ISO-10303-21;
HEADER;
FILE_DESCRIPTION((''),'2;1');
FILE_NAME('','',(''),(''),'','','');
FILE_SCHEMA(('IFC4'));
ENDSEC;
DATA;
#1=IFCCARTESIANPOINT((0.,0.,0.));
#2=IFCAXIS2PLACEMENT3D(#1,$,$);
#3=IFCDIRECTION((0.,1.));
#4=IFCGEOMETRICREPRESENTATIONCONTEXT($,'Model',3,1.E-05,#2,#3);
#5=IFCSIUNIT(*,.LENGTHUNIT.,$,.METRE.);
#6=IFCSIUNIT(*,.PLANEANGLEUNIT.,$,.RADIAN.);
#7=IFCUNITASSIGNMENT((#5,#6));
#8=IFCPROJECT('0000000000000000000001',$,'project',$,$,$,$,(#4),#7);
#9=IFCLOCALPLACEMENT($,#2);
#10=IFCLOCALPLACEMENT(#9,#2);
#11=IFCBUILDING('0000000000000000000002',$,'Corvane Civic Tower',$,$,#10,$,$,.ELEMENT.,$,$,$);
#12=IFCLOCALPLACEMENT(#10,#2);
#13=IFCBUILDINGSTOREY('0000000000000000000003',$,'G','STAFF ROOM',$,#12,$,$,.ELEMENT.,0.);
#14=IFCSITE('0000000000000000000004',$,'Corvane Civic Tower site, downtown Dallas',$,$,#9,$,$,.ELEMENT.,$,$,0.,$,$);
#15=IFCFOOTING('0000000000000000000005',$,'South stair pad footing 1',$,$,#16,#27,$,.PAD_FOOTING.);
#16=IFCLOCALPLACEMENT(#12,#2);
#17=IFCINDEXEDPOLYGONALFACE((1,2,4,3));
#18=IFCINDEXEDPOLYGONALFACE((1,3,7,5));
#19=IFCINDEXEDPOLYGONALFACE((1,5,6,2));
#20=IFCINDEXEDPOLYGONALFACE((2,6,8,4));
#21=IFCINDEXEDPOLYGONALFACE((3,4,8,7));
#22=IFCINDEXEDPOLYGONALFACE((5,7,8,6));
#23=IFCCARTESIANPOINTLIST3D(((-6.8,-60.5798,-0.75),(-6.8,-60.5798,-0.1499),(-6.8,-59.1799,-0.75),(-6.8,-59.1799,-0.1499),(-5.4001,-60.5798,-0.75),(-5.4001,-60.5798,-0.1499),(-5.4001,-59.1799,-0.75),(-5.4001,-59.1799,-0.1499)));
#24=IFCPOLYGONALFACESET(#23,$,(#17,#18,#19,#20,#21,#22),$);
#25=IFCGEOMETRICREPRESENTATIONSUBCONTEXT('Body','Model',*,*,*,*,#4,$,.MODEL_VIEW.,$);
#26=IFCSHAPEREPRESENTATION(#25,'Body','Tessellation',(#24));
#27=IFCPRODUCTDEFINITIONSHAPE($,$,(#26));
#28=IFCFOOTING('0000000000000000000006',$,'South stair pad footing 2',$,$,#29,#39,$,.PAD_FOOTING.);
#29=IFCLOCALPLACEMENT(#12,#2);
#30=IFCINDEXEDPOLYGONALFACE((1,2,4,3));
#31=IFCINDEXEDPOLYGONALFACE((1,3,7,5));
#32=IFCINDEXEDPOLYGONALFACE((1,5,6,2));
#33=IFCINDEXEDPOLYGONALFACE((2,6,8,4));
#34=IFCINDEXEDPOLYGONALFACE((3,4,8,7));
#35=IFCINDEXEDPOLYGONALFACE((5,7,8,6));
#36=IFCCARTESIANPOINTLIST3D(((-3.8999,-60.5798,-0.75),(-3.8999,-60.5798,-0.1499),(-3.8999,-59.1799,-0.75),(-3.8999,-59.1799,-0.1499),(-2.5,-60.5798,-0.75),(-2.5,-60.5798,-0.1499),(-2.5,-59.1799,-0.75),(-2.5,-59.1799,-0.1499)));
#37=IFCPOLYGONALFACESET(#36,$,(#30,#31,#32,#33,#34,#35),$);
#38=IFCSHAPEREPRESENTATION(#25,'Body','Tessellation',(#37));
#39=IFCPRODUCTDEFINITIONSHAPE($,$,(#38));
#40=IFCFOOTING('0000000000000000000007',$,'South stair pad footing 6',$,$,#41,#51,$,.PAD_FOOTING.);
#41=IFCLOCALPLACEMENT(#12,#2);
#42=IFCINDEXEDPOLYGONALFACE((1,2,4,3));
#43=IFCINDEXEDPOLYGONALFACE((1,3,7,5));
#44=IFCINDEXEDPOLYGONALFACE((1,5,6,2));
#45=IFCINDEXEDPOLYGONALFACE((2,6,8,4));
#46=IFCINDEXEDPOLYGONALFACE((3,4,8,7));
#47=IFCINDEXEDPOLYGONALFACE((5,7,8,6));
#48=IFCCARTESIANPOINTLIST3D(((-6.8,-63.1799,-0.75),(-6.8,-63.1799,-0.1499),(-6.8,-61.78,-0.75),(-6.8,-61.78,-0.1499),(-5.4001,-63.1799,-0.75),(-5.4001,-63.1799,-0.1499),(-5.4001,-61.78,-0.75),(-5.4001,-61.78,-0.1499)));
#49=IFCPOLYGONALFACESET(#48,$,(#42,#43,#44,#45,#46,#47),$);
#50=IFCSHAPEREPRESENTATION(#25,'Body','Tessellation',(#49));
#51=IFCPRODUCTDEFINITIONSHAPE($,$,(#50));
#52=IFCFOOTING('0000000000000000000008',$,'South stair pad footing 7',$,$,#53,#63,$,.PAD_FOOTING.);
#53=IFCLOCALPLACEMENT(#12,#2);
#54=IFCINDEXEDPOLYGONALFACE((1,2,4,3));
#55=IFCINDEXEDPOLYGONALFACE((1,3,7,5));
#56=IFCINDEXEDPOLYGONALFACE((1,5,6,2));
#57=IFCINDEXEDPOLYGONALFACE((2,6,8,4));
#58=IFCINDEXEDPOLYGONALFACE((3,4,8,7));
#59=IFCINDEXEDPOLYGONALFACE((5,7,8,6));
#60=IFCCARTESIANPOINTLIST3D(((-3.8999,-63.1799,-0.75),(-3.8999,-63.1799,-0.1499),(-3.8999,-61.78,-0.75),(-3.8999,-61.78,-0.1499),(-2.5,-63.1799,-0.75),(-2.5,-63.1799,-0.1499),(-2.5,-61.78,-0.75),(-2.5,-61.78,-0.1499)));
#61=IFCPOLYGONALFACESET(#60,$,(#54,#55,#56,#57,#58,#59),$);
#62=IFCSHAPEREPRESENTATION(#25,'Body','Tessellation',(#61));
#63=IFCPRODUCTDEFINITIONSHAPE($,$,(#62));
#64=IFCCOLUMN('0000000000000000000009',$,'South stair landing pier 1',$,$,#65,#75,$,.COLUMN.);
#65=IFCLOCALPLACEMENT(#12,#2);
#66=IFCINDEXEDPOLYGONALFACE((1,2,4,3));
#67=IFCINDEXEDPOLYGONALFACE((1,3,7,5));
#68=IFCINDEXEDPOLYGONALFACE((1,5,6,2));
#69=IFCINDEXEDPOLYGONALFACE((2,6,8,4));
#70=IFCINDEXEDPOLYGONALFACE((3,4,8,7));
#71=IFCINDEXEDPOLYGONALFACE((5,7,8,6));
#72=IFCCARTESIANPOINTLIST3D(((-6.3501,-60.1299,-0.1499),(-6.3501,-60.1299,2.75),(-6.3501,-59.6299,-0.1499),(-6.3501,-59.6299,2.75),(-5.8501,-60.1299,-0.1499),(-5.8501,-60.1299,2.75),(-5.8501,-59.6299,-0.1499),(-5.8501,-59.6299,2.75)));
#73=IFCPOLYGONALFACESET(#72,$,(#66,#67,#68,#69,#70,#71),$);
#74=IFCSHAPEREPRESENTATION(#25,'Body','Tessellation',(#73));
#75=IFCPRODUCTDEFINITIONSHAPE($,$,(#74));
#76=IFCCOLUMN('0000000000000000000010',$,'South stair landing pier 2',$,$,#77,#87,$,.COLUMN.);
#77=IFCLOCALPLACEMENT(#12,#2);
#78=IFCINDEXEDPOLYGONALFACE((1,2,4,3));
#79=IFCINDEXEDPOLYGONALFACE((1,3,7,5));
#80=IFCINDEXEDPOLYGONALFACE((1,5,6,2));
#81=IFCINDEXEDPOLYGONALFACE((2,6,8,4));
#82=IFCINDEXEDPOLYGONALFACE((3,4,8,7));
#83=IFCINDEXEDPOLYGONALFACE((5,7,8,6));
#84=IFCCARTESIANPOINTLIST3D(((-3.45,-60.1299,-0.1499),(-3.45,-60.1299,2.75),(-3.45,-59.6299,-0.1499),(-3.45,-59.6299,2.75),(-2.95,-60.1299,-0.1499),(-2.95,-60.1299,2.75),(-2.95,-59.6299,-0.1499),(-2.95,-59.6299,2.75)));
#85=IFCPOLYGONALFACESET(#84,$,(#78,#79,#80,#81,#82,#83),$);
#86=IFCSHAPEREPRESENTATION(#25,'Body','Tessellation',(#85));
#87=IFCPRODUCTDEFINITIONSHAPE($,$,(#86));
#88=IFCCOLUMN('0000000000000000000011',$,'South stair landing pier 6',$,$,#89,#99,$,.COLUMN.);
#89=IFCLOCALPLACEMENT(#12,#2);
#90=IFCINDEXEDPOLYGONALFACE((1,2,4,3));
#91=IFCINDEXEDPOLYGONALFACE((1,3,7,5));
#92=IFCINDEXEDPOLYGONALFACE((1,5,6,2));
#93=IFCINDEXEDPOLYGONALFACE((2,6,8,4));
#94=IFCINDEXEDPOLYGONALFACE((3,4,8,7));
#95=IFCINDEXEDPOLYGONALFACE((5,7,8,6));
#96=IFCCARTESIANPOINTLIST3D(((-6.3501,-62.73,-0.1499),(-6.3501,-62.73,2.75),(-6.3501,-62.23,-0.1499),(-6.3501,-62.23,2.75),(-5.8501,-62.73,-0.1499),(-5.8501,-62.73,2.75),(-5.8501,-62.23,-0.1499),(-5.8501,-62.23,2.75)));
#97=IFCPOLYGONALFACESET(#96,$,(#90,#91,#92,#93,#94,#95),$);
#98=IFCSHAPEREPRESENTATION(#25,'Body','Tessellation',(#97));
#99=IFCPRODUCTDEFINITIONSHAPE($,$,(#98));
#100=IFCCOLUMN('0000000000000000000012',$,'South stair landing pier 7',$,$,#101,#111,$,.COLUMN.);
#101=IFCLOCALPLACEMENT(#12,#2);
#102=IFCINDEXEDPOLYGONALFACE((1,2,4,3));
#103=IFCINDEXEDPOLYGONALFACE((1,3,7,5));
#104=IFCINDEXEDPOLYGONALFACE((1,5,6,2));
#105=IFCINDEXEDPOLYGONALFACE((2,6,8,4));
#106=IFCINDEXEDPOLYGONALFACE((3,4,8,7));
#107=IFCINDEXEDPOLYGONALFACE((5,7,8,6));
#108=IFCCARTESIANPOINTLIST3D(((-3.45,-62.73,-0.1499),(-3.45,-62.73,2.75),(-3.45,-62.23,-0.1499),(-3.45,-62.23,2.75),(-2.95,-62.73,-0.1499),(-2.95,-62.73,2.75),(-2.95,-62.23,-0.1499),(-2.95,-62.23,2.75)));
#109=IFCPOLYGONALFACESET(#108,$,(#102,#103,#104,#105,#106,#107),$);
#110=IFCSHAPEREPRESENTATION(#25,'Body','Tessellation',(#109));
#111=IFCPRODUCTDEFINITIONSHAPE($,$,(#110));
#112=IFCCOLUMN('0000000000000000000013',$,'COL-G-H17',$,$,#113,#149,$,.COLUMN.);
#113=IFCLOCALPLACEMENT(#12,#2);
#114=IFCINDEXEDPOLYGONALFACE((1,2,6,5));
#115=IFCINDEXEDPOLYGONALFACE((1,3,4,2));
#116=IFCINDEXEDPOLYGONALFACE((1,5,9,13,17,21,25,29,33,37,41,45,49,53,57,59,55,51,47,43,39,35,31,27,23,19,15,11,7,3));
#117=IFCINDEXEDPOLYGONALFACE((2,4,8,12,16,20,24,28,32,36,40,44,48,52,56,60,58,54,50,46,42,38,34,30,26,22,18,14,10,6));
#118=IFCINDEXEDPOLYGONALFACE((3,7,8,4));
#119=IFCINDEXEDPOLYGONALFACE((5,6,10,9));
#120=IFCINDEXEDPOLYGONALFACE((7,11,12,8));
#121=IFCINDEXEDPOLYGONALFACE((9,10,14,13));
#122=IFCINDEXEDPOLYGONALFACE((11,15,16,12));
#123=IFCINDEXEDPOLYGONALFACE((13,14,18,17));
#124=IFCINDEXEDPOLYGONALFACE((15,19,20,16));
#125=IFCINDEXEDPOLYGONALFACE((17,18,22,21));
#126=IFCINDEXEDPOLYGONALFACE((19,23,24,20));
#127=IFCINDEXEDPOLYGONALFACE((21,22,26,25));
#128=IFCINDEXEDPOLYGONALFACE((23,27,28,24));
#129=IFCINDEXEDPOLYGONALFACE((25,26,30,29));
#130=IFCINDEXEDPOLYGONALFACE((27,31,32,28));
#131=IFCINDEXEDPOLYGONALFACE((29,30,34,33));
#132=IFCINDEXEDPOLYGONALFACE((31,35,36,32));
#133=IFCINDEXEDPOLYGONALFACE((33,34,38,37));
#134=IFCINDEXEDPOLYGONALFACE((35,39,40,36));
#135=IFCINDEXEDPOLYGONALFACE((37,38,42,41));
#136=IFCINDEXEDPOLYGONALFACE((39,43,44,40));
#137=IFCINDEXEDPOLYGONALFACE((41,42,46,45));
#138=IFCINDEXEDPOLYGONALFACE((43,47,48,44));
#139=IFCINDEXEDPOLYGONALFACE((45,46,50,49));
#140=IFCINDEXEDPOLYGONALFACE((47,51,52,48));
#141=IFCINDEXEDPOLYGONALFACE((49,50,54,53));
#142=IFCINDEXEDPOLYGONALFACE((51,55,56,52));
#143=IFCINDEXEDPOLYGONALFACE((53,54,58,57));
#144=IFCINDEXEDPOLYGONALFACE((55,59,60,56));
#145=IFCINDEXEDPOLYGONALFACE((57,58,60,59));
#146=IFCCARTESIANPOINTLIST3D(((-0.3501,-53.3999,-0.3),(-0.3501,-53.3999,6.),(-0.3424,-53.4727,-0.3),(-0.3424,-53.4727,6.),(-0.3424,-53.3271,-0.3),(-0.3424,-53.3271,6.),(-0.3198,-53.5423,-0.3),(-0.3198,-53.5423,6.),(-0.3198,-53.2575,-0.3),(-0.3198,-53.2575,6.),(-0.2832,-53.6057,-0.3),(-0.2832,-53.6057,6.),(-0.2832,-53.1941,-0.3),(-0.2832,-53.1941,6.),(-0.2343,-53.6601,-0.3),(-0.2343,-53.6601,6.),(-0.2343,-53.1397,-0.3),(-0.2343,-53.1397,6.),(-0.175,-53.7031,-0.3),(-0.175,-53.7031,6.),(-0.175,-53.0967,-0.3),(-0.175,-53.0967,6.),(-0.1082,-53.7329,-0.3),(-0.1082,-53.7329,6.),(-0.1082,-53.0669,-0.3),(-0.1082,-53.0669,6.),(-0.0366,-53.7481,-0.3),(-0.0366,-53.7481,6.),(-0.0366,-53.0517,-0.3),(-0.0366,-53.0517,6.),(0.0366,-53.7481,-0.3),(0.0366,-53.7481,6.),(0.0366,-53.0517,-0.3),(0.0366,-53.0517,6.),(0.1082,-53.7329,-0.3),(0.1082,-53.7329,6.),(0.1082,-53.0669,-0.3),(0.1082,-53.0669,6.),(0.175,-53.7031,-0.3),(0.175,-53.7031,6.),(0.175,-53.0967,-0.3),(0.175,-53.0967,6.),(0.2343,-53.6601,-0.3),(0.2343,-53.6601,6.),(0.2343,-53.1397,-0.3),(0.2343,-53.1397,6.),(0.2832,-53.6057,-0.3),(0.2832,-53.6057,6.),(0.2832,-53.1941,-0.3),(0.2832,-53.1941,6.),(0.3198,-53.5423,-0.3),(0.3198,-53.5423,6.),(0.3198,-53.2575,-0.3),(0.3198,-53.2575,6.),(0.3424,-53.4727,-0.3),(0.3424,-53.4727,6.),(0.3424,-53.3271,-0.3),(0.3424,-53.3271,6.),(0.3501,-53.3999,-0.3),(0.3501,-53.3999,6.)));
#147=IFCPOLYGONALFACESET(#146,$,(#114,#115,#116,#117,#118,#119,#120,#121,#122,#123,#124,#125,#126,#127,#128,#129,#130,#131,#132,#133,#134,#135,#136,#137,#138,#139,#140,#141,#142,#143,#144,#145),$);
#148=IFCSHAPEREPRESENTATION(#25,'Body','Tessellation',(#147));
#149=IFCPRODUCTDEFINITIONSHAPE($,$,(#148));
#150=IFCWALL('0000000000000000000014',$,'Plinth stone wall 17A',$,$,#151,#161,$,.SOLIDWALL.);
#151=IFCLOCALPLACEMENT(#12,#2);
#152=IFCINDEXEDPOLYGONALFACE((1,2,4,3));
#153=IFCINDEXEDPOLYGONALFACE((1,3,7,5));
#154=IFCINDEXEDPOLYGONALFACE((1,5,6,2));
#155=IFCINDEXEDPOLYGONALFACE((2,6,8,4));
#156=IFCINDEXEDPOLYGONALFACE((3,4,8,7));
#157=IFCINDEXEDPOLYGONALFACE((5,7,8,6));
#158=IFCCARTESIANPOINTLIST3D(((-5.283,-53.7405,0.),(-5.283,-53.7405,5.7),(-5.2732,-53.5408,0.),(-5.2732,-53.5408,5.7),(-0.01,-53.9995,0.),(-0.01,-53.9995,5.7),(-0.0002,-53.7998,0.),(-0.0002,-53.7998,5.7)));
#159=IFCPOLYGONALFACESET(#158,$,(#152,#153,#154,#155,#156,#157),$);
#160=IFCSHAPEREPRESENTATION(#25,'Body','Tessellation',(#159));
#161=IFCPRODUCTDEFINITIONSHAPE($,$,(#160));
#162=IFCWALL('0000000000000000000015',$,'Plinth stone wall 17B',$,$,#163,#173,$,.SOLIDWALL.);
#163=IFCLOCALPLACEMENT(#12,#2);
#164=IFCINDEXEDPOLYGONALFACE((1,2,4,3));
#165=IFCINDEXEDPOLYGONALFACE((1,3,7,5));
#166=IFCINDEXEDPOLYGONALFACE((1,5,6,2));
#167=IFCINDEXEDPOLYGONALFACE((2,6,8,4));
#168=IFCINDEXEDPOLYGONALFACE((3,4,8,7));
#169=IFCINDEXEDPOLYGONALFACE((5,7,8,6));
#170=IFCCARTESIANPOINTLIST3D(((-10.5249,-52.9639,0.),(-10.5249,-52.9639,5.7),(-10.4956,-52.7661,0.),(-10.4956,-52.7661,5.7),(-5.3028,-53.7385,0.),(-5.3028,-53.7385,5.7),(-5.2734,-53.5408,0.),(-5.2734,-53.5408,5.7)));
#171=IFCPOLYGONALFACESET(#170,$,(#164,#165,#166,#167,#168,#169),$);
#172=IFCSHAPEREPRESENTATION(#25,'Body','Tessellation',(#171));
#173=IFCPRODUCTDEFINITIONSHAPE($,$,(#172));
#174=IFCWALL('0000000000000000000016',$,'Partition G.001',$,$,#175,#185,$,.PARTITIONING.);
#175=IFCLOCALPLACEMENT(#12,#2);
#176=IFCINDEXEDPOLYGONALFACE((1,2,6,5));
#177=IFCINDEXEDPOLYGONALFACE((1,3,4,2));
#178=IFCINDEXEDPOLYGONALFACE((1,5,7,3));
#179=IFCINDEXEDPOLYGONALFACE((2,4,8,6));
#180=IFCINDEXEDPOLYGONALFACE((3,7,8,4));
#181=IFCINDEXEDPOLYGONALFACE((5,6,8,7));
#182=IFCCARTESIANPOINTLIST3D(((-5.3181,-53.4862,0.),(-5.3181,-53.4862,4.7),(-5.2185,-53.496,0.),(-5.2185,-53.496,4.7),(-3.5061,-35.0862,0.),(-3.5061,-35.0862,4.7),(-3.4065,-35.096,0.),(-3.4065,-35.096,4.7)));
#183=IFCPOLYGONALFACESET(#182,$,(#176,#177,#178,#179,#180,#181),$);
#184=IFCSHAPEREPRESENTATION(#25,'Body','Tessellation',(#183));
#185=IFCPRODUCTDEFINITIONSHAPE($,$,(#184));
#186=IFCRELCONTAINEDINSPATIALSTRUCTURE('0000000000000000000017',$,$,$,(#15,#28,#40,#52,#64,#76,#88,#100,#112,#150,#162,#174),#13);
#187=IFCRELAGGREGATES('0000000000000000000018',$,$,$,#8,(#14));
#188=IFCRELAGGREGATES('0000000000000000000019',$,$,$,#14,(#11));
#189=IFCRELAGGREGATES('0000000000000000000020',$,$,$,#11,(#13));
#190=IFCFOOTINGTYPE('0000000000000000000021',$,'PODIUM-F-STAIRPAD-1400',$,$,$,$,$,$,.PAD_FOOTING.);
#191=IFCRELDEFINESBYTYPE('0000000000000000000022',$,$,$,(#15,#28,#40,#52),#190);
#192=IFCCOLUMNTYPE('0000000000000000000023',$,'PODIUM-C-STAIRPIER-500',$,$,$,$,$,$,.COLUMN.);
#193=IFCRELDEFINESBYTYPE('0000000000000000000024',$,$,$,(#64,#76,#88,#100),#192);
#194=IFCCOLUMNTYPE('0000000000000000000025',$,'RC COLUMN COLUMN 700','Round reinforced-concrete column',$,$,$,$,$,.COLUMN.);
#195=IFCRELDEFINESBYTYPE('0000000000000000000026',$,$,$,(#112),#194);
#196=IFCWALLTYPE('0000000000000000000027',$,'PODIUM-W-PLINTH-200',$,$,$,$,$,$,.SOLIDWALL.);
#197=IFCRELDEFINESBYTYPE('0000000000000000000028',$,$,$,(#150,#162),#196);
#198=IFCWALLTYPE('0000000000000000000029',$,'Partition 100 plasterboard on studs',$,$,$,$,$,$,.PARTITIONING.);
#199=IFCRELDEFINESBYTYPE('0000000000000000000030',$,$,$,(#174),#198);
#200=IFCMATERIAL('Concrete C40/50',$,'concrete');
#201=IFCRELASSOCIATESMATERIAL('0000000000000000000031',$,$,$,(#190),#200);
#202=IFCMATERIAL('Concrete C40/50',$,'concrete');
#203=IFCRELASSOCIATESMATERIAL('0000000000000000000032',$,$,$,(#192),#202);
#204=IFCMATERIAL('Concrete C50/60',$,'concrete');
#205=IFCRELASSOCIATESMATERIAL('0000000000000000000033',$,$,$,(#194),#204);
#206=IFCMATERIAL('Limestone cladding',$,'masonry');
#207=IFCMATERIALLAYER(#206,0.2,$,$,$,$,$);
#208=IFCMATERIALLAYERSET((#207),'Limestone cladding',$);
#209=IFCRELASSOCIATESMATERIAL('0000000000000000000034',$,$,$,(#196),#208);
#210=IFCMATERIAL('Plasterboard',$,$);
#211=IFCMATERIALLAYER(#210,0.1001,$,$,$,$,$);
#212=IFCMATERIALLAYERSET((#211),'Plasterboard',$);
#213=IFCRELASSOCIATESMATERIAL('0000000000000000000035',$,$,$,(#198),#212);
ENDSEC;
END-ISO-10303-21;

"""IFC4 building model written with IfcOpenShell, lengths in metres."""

from ifc_helpers import new_model, si_unit, direction, frame, frame_2d, origin, origin_2d, place, context, subcontext, project, spatial, rectangle, circle, extrude, material, layer, layer_set, material_profile, profile_set, type_object, element, save


model = new_model("IFC4")

# Units and contexts
model_context = context("Model", 3, precision=1e-05, world=origin(), true_north=direction((0.0, 1.0)))
body_context = subcontext(model_context, "Body", "Model", "MODEL_VIEW")
ifc_project = project(units=[si_unit("LENGTHUNIT", "METRE"), si_unit("PLANEANGLEUNIT", "RADIAN")], contexts=[model_context])

# Site, building, storey
site_placement = place(None, origin())
site = spatial("IfcSite", under=ifc_project, at=site_placement, Name="Corvane Civic Tower site, downtown Dallas", CompositionType="ELEMENT", RefElevation=0.0)
building_placement = place(site_placement, origin())
building = spatial("IfcBuilding", under=site, at=building_placement, Name="Corvane Civic Tower", CompositionType="ELEMENT")
storey_placement = place(building_placement, origin())
storey = spatial("IfcBuildingStorey", under=building, at=storey_placement, Name="G", Description="STAFF ROOM", CompositionType="ELEMENT", Elevation=0.0)

# Footings
ifc_material_1 = material(Name="Concrete C40/50", Category="concrete")
footing_type = type_object("IfcFootingType", Name="PODIUM-F-STAIRPAD-1400", PredefinedType="PAD_FOOTING", material=ifc_material_1)
for number, where, z_axis, x_axis, name in (
    (1, (-6.1001, -59.8799, -0.75), (0.0, 0.0, 1.0), (0.0, -1.0, 0.0), "South stair pad footing 1"),
    (2, (-3.2, -59.8799, -0.75), (0.0, 0.0, 1.0), (0.0, -1.0, 0.0), "South stair pad footing 2"),
    (3, (-6.1001, -62.48, -0.75), (0.0, 0.0, 1.0), (0.0, -1.0, 0.0), "South stair pad footing 6"),
    (4, (-3.2, -62.48, -0.75), (0.0, 0.0, 1.0), (0.0, -1.0, 0.0), "South stair pad footing 7"),
):
    element("IfcFooting", number, at=place(storey_placement, frame(where, z_axis=z_axis, x_axis=x_axis)), inside=storey, type_object=footing_type, Name=name, PredefinedType="PAD_FOOTING", context=body_context, shape_type="SweptSolid", body=[
        extrude(rectangle(XDim=1.3999, YDim=1.3999, at=origin_2d()), origin(), (0.0, 0.0, 1.0), 0.6001),
    ])

# Columns
ifc_material_2 = material(Name="Concrete C40/50", Category="concrete")
ifc_material_profile_1 = material_profile(ifc_material_2, rectangle(XDim=0.5, YDim=0.5, at=origin_2d()), Name="RC 500x500")
ifc_profile_set_1 = profile_set([ifc_material_profile_1], Name="Concrete C40/50")
column_type_1 = type_object("IfcColumnType", Name="PODIUM-C-STAIRPIER-500", PredefinedType="COLUMN", material=ifc_profile_set_1)
for number, where, z_axis, x_axis, name in (
    (5, (-6.1001, -59.8799, -0.1499), (0.0, 0.0, 1.0), (0.0, -1.0, 0.0), "South stair landing pier 1"),
    (6, (-3.2, -59.8799, -0.1499), (0.0, 0.0, 1.0), (0.0, -1.0, 0.0), "South stair landing pier 2"),
    (7, (-6.1001, -62.48, -0.1499), (0.0, 0.0, 1.0), (0.0, -1.0, 0.0), "South stair landing pier 6"),
    (8, (-3.2, -62.48, -0.1499), (0.0, 0.0, 1.0), (0.0, -1.0, 0.0), "South stair landing pier 7"),
):
    element("IfcColumn", number, at=place(storey_placement, frame(where, z_axis=z_axis, x_axis=x_axis)), inside=storey, type_object=column_type_1, Name=name, PredefinedType="COLUMN", context=body_context, shape_type="SweptSolid", body=[
        extrude(rectangle(XDim=0.5, YDim=0.5, at=origin_2d()), origin(), (0.0, 0.0, 1.0), 2.8999),
    ])
ifc_material_3 = material(Name="Concrete C50/60", Category="concrete")
ifc_material_profile_2 = material_profile(ifc_material_3, circle(Radius=0.3501, at=origin_2d()), Name="COLUMN 700")
ifc_profile_set_2 = profile_set([ifc_material_profile_2], Name="Concrete C50/60")
column_type_2 = type_object("IfcColumnType", Name="RC COLUMN COLUMN 700", Description="Round reinforced-concrete column", PredefinedType="COLUMN", material=ifc_profile_set_2)
column_placement = place(storey_placement, frame((0.0, -53.3999, -0.3), z_axis=(0.0, 0.0, 1.0), x_axis=(1.0, 0.0, 0.0)))
element("IfcColumn", 9, at=column_placement, inside=storey, type_object=column_type_2, Name="COL-G-H17", PredefinedType="COLUMN", context=body_context, shape_type="SweptSolid", body=[
    extrude(circle(Radius=0.3501, at=origin_2d()), origin(), (0.0, 0.0, 1.0), 6.3),
])

# Walls
ifc_material_4 = material(Name="Limestone cladding", Category="masonry")
ifc_layer_1 = layer(ifc_material_4, 0.2)
ifc_layer_set_1 = layer_set([ifc_layer_1], Name="Limestone cladding")
wall_type_1 = type_object("IfcWallType", Name="PODIUM-W-PLINTH-200", PredefinedType="SOLIDWALL", material=ifc_layer_set_1)
for number, where, z_axis, x_axis, name in (
    (10, (-0.0051, -53.8997, 0.0), (0.0, 0.0, 1.0), (-0.998796, 0.049066, 0.0), "Plinth stone wall 17A"),
    (11, (-5.2881, -53.6396, 0.0), (0.0, 0.0, 1.0), (-0.989176, 0.146735, 0.0), "Plinth stone wall 17B"),
):
    element("IfcWall", number, at=place(storey_placement, frame(where, z_axis=z_axis, x_axis=x_axis)), inside=storey, type_object=wall_type_1, Name=name, PredefinedType="SOLIDWALL", context=body_context, shape_type="SweptSolid", body=[
        extrude(rectangle(XDim=5.2793, YDim=0.2, at=frame_2d((2.6396, 0.0))), origin(), (0.0, 0.0, 1.0), 5.7),
    ])
ifc_material_5 = material(Name="Plasterboard")
ifc_layer_2 = layer(ifc_material_5, 0.1001)
ifc_layer_set_2 = layer_set([ifc_layer_2], Name="Plasterboard")
wall_type_2 = type_object("IfcWallType", Name="Partition 100 plasterboard on studs", PredefinedType="PARTITIONING", material=ifc_layer_set_2)
wall_placement = place(storey_placement, frame((-5.2683, -53.4912, 0.0), z_axis=(0.0, 0.0, 1.0), x_axis=(0.098005, 0.995186, 0.0)))
element("IfcWall", 12, at=wall_placement, inside=storey, type_object=wall_type_2, Name="Partition G.001", PredefinedType="PARTITIONING", context=body_context, shape_type="SweptSolid", body=[
    extrude(rectangle(XDim=18.489, YDim=0.1001, at=frame_2d((9.2446, 0.0))), origin(), (0.0, 0.0, 1.0), 4.7),
])

save(model, "model.ifc")
